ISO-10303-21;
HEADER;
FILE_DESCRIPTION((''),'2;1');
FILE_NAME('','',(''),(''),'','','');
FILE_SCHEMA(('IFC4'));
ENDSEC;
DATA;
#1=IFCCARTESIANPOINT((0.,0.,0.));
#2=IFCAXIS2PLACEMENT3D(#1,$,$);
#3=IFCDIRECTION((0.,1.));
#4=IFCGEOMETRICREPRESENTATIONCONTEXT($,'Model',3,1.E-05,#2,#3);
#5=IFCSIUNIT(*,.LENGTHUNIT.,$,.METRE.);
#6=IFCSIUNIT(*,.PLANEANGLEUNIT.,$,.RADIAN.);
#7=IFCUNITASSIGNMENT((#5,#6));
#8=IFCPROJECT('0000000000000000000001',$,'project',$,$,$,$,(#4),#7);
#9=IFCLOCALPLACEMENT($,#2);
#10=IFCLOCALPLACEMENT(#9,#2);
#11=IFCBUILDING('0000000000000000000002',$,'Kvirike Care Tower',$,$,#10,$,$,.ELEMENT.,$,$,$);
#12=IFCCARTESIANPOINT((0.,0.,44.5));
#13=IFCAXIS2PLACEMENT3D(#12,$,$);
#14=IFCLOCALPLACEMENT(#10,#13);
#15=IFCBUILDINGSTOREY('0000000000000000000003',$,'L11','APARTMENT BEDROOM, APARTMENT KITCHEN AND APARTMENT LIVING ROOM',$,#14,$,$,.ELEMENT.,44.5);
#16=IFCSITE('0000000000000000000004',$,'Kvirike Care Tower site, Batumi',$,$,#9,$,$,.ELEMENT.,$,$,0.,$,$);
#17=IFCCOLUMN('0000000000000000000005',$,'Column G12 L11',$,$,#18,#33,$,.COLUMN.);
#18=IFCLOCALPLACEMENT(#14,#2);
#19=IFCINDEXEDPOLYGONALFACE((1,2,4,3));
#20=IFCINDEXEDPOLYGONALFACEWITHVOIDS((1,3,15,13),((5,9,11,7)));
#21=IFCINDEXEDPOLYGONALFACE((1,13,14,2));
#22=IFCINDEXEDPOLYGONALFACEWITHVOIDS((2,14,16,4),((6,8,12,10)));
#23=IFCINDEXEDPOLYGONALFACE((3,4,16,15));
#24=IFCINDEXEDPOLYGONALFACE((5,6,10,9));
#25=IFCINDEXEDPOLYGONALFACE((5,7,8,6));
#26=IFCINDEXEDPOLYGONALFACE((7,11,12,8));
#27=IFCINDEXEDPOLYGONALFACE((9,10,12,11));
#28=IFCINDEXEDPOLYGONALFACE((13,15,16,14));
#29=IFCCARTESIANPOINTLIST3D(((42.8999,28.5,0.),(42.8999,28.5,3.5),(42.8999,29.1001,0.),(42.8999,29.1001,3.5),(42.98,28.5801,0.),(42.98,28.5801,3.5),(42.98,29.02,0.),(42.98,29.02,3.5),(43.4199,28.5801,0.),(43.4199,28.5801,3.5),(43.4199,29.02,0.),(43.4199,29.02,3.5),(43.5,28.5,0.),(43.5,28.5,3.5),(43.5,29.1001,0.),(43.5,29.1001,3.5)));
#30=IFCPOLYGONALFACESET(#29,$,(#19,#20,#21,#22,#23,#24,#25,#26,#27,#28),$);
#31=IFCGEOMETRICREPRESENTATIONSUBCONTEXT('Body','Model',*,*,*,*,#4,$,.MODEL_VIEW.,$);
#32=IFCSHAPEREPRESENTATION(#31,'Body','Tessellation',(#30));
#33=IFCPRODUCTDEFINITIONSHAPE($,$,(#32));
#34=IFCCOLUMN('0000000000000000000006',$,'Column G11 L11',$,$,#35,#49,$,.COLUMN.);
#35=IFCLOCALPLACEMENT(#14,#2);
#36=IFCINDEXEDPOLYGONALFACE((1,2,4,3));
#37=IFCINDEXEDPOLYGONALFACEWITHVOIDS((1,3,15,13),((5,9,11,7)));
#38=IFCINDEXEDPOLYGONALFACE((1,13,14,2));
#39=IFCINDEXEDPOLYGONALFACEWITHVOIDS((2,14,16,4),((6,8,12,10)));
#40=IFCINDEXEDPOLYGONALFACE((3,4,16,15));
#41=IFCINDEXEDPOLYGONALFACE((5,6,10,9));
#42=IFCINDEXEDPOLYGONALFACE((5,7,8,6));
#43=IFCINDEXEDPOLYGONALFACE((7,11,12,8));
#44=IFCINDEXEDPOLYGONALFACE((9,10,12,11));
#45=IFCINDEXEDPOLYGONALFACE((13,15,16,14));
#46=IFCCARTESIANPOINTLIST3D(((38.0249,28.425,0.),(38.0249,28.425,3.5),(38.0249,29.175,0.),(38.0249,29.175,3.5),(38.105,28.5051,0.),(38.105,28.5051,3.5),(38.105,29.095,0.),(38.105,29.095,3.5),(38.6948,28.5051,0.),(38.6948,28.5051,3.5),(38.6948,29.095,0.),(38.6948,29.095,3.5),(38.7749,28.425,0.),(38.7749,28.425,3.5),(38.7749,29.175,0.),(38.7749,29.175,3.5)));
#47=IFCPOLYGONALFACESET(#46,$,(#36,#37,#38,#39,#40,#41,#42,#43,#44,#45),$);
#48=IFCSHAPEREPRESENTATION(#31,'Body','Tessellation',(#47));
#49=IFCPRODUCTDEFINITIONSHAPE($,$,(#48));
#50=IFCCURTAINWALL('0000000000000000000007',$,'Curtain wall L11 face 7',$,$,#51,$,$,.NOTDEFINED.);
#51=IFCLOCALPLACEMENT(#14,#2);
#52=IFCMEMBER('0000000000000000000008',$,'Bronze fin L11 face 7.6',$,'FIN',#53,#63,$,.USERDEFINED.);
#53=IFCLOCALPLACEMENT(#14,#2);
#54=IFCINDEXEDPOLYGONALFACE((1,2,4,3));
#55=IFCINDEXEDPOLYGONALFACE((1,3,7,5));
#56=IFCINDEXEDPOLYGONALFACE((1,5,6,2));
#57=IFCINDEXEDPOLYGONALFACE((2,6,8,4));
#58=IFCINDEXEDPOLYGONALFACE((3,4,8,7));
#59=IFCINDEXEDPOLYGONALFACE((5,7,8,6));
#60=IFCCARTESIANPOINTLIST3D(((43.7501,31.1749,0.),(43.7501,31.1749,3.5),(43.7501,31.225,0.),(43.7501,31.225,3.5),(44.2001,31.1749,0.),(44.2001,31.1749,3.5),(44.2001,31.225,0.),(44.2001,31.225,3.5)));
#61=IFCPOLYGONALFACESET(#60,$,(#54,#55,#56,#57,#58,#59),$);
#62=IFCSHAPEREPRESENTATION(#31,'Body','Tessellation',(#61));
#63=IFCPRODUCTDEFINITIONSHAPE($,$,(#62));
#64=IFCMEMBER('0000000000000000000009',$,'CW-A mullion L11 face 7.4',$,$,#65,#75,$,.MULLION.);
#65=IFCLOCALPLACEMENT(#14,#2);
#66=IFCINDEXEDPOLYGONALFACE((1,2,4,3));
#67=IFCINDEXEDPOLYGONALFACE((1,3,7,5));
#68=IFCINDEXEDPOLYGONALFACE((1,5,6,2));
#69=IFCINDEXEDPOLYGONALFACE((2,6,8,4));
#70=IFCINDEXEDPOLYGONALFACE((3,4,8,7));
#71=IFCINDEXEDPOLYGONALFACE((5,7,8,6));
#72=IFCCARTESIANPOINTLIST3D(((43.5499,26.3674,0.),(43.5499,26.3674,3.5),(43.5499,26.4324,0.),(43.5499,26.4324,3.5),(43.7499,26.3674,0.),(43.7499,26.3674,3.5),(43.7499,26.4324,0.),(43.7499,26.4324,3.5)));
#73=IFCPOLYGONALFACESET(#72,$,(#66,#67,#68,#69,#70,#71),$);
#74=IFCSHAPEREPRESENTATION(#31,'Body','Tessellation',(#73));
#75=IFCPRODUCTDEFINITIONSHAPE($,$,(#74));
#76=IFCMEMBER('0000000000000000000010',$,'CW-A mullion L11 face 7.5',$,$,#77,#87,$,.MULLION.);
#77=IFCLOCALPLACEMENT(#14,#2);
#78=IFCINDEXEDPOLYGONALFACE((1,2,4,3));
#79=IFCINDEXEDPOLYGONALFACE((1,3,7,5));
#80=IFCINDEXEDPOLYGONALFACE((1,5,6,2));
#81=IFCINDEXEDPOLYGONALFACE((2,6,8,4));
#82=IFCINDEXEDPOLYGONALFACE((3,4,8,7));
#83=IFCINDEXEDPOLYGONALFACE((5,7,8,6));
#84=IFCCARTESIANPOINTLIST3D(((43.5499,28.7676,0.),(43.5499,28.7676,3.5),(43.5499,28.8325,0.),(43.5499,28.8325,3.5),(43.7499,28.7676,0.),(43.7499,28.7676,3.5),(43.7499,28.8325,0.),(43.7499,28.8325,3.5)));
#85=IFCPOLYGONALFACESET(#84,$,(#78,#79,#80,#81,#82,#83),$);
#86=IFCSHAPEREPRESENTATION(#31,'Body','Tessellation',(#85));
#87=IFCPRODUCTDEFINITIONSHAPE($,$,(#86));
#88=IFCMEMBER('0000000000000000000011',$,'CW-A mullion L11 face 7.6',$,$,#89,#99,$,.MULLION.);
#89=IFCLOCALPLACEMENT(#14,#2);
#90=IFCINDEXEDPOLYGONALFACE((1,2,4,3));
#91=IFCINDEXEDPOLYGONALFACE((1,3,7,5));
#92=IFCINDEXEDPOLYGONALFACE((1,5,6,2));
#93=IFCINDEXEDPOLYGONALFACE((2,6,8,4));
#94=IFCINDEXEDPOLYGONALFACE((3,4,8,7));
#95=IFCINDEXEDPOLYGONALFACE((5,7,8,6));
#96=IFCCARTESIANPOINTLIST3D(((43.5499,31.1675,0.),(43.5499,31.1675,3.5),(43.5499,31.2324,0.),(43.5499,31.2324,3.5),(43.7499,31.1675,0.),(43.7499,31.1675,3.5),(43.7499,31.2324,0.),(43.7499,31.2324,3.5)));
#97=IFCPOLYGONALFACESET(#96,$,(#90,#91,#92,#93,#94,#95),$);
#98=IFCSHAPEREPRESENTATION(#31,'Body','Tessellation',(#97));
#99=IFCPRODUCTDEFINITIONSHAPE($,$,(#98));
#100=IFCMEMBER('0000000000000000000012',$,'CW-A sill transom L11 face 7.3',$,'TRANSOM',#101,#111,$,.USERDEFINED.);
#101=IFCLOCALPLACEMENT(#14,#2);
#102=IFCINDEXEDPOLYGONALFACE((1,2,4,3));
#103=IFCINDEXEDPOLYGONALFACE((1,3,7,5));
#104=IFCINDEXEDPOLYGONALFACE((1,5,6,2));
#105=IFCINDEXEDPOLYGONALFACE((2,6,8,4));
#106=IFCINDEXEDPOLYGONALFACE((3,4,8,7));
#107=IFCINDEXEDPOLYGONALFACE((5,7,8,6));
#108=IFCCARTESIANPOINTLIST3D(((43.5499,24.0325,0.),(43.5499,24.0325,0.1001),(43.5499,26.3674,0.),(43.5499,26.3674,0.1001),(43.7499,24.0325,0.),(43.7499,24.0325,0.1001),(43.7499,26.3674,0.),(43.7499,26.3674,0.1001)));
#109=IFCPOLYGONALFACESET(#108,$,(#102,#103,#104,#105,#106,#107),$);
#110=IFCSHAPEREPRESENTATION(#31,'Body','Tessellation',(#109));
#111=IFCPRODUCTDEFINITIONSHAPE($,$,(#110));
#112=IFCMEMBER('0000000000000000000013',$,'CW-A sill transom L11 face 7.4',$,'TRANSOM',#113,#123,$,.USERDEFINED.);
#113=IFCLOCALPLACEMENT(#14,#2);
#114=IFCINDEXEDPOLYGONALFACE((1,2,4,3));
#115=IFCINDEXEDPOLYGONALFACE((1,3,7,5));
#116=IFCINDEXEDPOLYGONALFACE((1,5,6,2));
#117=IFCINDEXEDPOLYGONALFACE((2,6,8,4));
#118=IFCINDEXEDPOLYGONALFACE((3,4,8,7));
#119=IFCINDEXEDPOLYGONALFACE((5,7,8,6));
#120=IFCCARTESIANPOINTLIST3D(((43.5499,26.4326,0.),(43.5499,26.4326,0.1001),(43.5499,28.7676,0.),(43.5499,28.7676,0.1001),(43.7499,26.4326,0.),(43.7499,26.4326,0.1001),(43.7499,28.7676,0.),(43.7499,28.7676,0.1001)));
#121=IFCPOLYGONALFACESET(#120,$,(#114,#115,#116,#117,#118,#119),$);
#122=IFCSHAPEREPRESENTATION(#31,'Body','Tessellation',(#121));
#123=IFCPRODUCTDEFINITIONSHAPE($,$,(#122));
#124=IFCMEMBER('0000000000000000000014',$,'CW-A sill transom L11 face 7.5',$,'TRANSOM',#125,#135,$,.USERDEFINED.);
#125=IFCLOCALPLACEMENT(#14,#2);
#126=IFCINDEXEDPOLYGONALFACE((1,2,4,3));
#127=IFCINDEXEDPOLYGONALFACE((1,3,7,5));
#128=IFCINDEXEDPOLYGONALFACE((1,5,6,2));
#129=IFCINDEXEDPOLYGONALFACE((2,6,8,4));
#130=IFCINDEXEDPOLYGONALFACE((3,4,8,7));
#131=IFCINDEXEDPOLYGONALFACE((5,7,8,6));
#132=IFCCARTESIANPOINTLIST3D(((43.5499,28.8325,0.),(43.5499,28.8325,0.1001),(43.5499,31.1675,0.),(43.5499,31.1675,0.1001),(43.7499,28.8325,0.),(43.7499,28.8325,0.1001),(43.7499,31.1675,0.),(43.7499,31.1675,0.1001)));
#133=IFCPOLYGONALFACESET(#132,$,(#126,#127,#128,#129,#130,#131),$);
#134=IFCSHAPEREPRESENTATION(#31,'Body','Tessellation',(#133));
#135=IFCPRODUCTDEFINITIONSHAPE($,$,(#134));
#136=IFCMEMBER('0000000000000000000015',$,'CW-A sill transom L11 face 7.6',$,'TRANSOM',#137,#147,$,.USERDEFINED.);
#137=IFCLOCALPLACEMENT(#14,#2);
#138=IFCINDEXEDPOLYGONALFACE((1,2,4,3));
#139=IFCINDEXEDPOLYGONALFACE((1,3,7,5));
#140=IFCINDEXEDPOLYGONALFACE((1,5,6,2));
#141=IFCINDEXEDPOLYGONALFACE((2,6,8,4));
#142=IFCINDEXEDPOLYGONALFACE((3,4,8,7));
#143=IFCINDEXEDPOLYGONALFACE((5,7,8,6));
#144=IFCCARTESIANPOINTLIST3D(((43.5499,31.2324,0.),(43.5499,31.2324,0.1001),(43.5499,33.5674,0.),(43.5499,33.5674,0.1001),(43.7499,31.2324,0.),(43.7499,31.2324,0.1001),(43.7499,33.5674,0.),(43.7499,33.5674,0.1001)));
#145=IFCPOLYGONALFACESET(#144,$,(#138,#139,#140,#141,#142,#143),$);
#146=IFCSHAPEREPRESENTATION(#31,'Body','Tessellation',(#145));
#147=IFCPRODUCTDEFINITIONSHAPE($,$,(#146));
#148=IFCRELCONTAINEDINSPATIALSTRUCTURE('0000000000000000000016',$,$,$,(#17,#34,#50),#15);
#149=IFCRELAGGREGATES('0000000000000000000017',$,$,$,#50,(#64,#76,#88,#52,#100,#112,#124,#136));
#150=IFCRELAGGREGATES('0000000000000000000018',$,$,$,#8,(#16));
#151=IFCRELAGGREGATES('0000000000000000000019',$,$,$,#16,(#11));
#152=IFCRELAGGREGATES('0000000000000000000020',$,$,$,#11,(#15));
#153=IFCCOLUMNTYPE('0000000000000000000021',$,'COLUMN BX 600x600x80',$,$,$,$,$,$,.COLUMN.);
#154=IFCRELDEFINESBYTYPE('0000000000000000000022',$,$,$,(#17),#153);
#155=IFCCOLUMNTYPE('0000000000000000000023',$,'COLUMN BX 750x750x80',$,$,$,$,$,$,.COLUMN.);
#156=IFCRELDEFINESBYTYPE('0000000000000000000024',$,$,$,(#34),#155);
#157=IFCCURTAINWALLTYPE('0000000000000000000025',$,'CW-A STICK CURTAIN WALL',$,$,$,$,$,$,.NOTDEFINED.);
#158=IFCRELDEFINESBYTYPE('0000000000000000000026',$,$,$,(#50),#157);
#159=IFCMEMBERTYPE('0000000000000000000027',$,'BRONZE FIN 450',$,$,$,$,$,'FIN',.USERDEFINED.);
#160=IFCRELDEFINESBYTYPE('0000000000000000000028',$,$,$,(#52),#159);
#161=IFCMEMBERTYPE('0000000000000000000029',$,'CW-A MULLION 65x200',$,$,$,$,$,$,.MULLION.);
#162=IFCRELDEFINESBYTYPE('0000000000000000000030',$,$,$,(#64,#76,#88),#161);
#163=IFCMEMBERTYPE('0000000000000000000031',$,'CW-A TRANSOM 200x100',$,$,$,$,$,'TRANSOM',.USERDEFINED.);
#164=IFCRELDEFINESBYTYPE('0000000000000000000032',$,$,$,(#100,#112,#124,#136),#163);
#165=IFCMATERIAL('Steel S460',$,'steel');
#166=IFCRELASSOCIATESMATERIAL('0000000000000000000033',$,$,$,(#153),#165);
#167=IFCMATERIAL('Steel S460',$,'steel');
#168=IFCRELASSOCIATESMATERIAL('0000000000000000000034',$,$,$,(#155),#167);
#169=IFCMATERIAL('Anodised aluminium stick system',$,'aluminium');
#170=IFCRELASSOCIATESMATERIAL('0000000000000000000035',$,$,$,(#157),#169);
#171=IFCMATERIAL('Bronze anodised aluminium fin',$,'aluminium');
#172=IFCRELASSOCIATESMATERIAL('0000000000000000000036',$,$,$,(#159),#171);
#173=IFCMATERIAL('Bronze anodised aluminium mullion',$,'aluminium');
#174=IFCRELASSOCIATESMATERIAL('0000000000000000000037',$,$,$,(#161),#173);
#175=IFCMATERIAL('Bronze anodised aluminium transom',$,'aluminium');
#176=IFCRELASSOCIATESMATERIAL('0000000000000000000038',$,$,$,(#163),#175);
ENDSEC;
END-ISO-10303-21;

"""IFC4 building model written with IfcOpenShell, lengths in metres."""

from ifc_helpers import new_model, si_unit, direction, frame, origin, origin_2d, place, context, subcontext, project, spatial, rectangle, hollow_rectangle, extrude, material, material_profile, profile_set, type_object, element, aggregate, save


model = new_model("IFC4")

# Units and contexts
model_context = context("Model", 3, precision=1e-05, world=origin(), true_north=direction((0.0, 1.0)))
body_context = subcontext(model_context, "Body", "Model", "MODEL_VIEW")
ifc_project = project(units=[si_unit("LENGTHUNIT", "METRE"), si_unit("PLANEANGLEUNIT", "RADIAN")], contexts=[model_context])

# Site, building, storey
site_placement = place(None, origin())
site = spatial("IfcSite", under=ifc_project, at=site_placement, Name="Kvirike Care Tower site, Batumi", CompositionType="ELEMENT", RefElevation=0.0)
building_placement = place(site_placement, origin())
building = spatial("IfcBuilding", under=site, at=building_placement, Name="Kvirike Care Tower", CompositionType="ELEMENT")
storey_placement = place(building_placement, frame((0.0, 0.0, 44.5)))
storey = spatial("IfcBuildingStorey", under=building, at=storey_placement, Name="L11", Description="APARTMENT BEDROOM, APARTMENT KITCHEN AND APARTMENT LIVING ROOM", CompositionType="ELEMENT", Elevation=44.5)

# Columns
ifc_material_1 = material(Name="Steel S460", Category="steel")
ifc_material_profile_1 = material_profile(ifc_material_1, hollow_rectangle(XDim=0.6001, YDim=0.6001, WallThickness=0.0801, at=origin_2d()), Name="BX 600x600x80")
ifc_profile_set_1 = profile_set([ifc_material_profile_1], Name="Steel S460")
column_type_1 = type_object("IfcColumnType", Name="COLUMN BX 600x600x80", PredefinedType="COLUMN", material=ifc_profile_set_1)
column_1_placement = place(storey_placement, frame((43.2, 28.8, 0.0), z_axis=(0.0, 0.0, 1.0), x_axis=(0.0, 1.0, 0.0)))
element("IfcColumn", 1, at=column_1_placement, inside=storey, type_object=column_type_1, Name="Column G12 L11", PredefinedType="COLUMN", context=body_context, shape_type="SweptSolid", body=[
    extrude(hollow_rectangle(XDim=0.6001, YDim=0.6001, WallThickness=0.0801, at=origin_2d()), origin(), (0.0, 0.0, 1.0), 3.5),
])
ifc_material_2 = material(Name="Steel S460", Category="steel")
ifc_material_profile_2 = material_profile(ifc_material_2, hollow_rectangle(XDim=0.75, YDim=0.75, WallThickness=0.0801, at=origin_2d()), Name="BX 750x750x80")
ifc_profile_set_2 = profile_set([ifc_material_profile_2], Name="Steel S460")
column_type_2 = type_object("IfcColumnType", Name="COLUMN BX 750x750x80", PredefinedType="COLUMN", material=ifc_profile_set_2)
column_2_placement = place(storey_placement, frame((38.3999, 28.8, 0.0), z_axis=(0.0, 0.0, 1.0), x_axis=(0.0, 1.0, 0.0)))
element("IfcColumn", 2, at=column_2_placement, inside=storey, type_object=column_type_2, Name="Column G11 L11", PredefinedType="COLUMN", context=body_context, shape_type="SweptSolid", body=[
    extrude(hollow_rectangle(XDim=0.75, YDim=0.75, WallThickness=0.0801, at=origin_2d()), origin(), (0.0, 0.0, 1.0), 3.5),
])

# Curtain wall, members
ifc_material_3 = material(Name="Anodised aluminium stick system", Category="aluminium")
curtain_wall_type = type_object("IfcCurtainWallType", Name="CW-A STICK CURTAIN WALL", PredefinedType="NOTDEFINED", material=ifc_material_3)
curtain_wall_placement = place(storey_placement, origin())
curtain_wall = element("IfcCurtainWall", 3, at=curtain_wall_placement, inside=storey, type_object=curtain_wall_type, Name="Curtain wall L11 face 7", PredefinedType="NOTDEFINED")
ifc_material_4 = material(Name="Bronze anodised aluminium fin", Category="aluminium")
ifc_material_profile_3 = material_profile(ifc_material_4, rectangle(XDim=0.05, YDim=0.45, at=origin_2d()), Name="BRONZE FIN 450")
ifc_profile_set_3 = profile_set([ifc_material_profile_3], Name="Bronze anodised aluminium fin")
member_type_1 = type_object("IfcMemberType", Name="BRONZE FIN 450", ElementType="FIN", PredefinedType="USERDEFINED", material=ifc_profile_set_3)
member_1_placement = place(storey_placement, frame((43.9751, 31.2, 0.0), z_axis=(0.0, 0.0, 1.0), x_axis=(0.0, 1.0, 0.0)))
member_1 = element("IfcMember", 4, at=member_1_placement, type_object=member_type_1, Name="Bronze fin L11 face 7.6", ObjectType="FIN", PredefinedType="USERDEFINED", context=body_context, shape_type="SweptSolid", body=[
    extrude(rectangle(XDim=0.05, YDim=0.45, at=origin_2d()), origin(), (0.0, 0.0, 1.0), 3.5),
])
ifc_material_5 = material(Name="Bronze anodised aluminium mullion", Category="aluminium")
ifc_material_profile_4 = material_profile(ifc_material_5, rectangle(XDim=0.0649, YDim=0.2, at=origin_2d()), Name="CW-A MULLION 65x200")
ifc_profile_set_4 = profile_set([ifc_material_profile_4], Name="Bronze anodised aluminium mullion")
member_type_2 = type_object("IfcMemberType", Name="CW-A MULLION 65x200", PredefinedType="MULLION", material=ifc_profile_set_4)
member_2_placement = place(storey_placement, frame((43.6499, 26.3999, 0.0), z_axis=(0.0, 0.0, 1.0), x_axis=(0.0, 1.0, 0.0)))
member_2 = element("IfcMember", 5, at=member_2_placement, type_object=member_type_2, Name="CW-A mullion L11 face 7.4", PredefinedType="MULLION", context=body_context, shape_type="SweptSolid", body=[
    extrude(rectangle(XDim=0.0649, YDim=0.2, at=origin_2d()), origin(), (0.0, 0.0, 1.0), 3.5),
])
member_3_placement = place(storey_placement, frame((43.6499, 28.8, 0.0), z_axis=(0.0, 0.0, 1.0), x_axis=(0.0, 1.0, 0.0)))
member_3 = element("IfcMember", 6, at=member_3_placement, type_object=member_type_2, Name="CW-A mullion L11 face 7.5", PredefinedType="MULLION", context=body_context, shape_type="SweptSolid", body=[
    extrude(rectangle(XDim=0.0649, YDim=0.2, at=origin_2d()), origin(), (0.0, 0.0, 1.0), 3.5),
])
member_4_placement = place(storey_placement, frame((43.6499, 31.2, 0.0), z_axis=(0.0, 0.0, 1.0), x_axis=(0.0, 1.0, 0.0)))
member_4 = element("IfcMember", 7, at=member_4_placement, type_object=member_type_2, Name="CW-A mullion L11 face 7.6", PredefinedType="MULLION", context=body_context, shape_type="SweptSolid", body=[
    extrude(rectangle(XDim=0.0649, YDim=0.2, at=origin_2d()), origin(), (0.0, 0.0, 1.0), 3.5),
])
ifc_material_6 = material(Name="Bronze anodised aluminium transom", Category="aluminium")
ifc_material_profile_5 = material_profile(ifc_material_6, rectangle(XDim=0.2, YDim=0.1001, at=origin_2d()), Name="CW-A TRANSOM 200x100")
ifc_profile_set_5 = profile_set([ifc_material_profile_5], Name="Bronze anodised aluminium transom")
member_type_3 = type_object("IfcMemberType", Name="CW-A TRANSOM 200x100", ElementType="TRANSOM", PredefinedType="USERDEFINED", material=ifc_profile_set_5)
member_5_placement = place(storey_placement, frame((43.6499, 24.0325, 0.05), z_axis=(0.0, 1.0, 0.0), x_axis=(-1.0, 0.0, 0.0)))
member_5 = element("IfcMember", 8, at=member_5_placement, type_object=member_type_3, Name="CW-A sill transom L11 face 7.3", ObjectType="TRANSOM", PredefinedType="USERDEFINED", context=body_context, shape_type="SweptSolid", body=[
    extrude(rectangle(XDim=0.2, YDim=0.1001, at=origin_2d()), origin(), (0.0, 0.0, 1.0), 2.335),
])
member_6_placement = place(storey_placement, frame((43.6499, 26.4326, 0.05), z_axis=(0.0, 1.0, 0.0), x_axis=(-1.0, 0.0, 0.0)))
member_6 = element("IfcMember", 9, at=member_6_placement, type_object=member_type_3, Name="CW-A sill transom L11 face 7.4", ObjectType="TRANSOM", PredefinedType="USERDEFINED", context=body_context, shape_type="SweptSolid", body=[
    extrude(rectangle(XDim=0.2, YDim=0.1001, at=origin_2d()), origin(), (0.0, 0.0, 1.0), 2.335),
])
member_7_placement = place(storey_placement, frame((43.6499, 28.8325, 0.05), z_axis=(0.0, 1.0, 0.0), x_axis=(-1.0, 0.0, 0.0)))
member_7 = element("IfcMember", 10, at=member_7_placement, type_object=member_type_3, Name="CW-A sill transom L11 face 7.5", ObjectType="TRANSOM", PredefinedType="USERDEFINED", context=body_context, shape_type="SweptSolid", body=[
    extrude(rectangle(XDim=0.2, YDim=0.1001, at=origin_2d()), origin(), (0.0, 0.0, 1.0), 2.335),
])
member_8_placement = place(storey_placement, frame((43.6499, 31.2324, 0.05), z_axis=(0.0, 1.0, 0.0), x_axis=(-1.0, 0.0, 0.0)))
member_8 = element("IfcMember", 11, at=member_8_placement, type_object=member_type_3, Name="CW-A sill transom L11 face 7.6", ObjectType="TRANSOM", PredefinedType="USERDEFINED", context=body_context, shape_type="SweptSolid", body=[
    extrude(rectangle(XDim=0.2, YDim=0.1001, at=origin_2d()), origin(), (0.0, 0.0, 1.0), 2.335),
])

aggregate(curtain_wall, [member_2, member_3, member_4, member_1, member_5, member_6, member_7, member_8])

save(model, "model.ifc")
